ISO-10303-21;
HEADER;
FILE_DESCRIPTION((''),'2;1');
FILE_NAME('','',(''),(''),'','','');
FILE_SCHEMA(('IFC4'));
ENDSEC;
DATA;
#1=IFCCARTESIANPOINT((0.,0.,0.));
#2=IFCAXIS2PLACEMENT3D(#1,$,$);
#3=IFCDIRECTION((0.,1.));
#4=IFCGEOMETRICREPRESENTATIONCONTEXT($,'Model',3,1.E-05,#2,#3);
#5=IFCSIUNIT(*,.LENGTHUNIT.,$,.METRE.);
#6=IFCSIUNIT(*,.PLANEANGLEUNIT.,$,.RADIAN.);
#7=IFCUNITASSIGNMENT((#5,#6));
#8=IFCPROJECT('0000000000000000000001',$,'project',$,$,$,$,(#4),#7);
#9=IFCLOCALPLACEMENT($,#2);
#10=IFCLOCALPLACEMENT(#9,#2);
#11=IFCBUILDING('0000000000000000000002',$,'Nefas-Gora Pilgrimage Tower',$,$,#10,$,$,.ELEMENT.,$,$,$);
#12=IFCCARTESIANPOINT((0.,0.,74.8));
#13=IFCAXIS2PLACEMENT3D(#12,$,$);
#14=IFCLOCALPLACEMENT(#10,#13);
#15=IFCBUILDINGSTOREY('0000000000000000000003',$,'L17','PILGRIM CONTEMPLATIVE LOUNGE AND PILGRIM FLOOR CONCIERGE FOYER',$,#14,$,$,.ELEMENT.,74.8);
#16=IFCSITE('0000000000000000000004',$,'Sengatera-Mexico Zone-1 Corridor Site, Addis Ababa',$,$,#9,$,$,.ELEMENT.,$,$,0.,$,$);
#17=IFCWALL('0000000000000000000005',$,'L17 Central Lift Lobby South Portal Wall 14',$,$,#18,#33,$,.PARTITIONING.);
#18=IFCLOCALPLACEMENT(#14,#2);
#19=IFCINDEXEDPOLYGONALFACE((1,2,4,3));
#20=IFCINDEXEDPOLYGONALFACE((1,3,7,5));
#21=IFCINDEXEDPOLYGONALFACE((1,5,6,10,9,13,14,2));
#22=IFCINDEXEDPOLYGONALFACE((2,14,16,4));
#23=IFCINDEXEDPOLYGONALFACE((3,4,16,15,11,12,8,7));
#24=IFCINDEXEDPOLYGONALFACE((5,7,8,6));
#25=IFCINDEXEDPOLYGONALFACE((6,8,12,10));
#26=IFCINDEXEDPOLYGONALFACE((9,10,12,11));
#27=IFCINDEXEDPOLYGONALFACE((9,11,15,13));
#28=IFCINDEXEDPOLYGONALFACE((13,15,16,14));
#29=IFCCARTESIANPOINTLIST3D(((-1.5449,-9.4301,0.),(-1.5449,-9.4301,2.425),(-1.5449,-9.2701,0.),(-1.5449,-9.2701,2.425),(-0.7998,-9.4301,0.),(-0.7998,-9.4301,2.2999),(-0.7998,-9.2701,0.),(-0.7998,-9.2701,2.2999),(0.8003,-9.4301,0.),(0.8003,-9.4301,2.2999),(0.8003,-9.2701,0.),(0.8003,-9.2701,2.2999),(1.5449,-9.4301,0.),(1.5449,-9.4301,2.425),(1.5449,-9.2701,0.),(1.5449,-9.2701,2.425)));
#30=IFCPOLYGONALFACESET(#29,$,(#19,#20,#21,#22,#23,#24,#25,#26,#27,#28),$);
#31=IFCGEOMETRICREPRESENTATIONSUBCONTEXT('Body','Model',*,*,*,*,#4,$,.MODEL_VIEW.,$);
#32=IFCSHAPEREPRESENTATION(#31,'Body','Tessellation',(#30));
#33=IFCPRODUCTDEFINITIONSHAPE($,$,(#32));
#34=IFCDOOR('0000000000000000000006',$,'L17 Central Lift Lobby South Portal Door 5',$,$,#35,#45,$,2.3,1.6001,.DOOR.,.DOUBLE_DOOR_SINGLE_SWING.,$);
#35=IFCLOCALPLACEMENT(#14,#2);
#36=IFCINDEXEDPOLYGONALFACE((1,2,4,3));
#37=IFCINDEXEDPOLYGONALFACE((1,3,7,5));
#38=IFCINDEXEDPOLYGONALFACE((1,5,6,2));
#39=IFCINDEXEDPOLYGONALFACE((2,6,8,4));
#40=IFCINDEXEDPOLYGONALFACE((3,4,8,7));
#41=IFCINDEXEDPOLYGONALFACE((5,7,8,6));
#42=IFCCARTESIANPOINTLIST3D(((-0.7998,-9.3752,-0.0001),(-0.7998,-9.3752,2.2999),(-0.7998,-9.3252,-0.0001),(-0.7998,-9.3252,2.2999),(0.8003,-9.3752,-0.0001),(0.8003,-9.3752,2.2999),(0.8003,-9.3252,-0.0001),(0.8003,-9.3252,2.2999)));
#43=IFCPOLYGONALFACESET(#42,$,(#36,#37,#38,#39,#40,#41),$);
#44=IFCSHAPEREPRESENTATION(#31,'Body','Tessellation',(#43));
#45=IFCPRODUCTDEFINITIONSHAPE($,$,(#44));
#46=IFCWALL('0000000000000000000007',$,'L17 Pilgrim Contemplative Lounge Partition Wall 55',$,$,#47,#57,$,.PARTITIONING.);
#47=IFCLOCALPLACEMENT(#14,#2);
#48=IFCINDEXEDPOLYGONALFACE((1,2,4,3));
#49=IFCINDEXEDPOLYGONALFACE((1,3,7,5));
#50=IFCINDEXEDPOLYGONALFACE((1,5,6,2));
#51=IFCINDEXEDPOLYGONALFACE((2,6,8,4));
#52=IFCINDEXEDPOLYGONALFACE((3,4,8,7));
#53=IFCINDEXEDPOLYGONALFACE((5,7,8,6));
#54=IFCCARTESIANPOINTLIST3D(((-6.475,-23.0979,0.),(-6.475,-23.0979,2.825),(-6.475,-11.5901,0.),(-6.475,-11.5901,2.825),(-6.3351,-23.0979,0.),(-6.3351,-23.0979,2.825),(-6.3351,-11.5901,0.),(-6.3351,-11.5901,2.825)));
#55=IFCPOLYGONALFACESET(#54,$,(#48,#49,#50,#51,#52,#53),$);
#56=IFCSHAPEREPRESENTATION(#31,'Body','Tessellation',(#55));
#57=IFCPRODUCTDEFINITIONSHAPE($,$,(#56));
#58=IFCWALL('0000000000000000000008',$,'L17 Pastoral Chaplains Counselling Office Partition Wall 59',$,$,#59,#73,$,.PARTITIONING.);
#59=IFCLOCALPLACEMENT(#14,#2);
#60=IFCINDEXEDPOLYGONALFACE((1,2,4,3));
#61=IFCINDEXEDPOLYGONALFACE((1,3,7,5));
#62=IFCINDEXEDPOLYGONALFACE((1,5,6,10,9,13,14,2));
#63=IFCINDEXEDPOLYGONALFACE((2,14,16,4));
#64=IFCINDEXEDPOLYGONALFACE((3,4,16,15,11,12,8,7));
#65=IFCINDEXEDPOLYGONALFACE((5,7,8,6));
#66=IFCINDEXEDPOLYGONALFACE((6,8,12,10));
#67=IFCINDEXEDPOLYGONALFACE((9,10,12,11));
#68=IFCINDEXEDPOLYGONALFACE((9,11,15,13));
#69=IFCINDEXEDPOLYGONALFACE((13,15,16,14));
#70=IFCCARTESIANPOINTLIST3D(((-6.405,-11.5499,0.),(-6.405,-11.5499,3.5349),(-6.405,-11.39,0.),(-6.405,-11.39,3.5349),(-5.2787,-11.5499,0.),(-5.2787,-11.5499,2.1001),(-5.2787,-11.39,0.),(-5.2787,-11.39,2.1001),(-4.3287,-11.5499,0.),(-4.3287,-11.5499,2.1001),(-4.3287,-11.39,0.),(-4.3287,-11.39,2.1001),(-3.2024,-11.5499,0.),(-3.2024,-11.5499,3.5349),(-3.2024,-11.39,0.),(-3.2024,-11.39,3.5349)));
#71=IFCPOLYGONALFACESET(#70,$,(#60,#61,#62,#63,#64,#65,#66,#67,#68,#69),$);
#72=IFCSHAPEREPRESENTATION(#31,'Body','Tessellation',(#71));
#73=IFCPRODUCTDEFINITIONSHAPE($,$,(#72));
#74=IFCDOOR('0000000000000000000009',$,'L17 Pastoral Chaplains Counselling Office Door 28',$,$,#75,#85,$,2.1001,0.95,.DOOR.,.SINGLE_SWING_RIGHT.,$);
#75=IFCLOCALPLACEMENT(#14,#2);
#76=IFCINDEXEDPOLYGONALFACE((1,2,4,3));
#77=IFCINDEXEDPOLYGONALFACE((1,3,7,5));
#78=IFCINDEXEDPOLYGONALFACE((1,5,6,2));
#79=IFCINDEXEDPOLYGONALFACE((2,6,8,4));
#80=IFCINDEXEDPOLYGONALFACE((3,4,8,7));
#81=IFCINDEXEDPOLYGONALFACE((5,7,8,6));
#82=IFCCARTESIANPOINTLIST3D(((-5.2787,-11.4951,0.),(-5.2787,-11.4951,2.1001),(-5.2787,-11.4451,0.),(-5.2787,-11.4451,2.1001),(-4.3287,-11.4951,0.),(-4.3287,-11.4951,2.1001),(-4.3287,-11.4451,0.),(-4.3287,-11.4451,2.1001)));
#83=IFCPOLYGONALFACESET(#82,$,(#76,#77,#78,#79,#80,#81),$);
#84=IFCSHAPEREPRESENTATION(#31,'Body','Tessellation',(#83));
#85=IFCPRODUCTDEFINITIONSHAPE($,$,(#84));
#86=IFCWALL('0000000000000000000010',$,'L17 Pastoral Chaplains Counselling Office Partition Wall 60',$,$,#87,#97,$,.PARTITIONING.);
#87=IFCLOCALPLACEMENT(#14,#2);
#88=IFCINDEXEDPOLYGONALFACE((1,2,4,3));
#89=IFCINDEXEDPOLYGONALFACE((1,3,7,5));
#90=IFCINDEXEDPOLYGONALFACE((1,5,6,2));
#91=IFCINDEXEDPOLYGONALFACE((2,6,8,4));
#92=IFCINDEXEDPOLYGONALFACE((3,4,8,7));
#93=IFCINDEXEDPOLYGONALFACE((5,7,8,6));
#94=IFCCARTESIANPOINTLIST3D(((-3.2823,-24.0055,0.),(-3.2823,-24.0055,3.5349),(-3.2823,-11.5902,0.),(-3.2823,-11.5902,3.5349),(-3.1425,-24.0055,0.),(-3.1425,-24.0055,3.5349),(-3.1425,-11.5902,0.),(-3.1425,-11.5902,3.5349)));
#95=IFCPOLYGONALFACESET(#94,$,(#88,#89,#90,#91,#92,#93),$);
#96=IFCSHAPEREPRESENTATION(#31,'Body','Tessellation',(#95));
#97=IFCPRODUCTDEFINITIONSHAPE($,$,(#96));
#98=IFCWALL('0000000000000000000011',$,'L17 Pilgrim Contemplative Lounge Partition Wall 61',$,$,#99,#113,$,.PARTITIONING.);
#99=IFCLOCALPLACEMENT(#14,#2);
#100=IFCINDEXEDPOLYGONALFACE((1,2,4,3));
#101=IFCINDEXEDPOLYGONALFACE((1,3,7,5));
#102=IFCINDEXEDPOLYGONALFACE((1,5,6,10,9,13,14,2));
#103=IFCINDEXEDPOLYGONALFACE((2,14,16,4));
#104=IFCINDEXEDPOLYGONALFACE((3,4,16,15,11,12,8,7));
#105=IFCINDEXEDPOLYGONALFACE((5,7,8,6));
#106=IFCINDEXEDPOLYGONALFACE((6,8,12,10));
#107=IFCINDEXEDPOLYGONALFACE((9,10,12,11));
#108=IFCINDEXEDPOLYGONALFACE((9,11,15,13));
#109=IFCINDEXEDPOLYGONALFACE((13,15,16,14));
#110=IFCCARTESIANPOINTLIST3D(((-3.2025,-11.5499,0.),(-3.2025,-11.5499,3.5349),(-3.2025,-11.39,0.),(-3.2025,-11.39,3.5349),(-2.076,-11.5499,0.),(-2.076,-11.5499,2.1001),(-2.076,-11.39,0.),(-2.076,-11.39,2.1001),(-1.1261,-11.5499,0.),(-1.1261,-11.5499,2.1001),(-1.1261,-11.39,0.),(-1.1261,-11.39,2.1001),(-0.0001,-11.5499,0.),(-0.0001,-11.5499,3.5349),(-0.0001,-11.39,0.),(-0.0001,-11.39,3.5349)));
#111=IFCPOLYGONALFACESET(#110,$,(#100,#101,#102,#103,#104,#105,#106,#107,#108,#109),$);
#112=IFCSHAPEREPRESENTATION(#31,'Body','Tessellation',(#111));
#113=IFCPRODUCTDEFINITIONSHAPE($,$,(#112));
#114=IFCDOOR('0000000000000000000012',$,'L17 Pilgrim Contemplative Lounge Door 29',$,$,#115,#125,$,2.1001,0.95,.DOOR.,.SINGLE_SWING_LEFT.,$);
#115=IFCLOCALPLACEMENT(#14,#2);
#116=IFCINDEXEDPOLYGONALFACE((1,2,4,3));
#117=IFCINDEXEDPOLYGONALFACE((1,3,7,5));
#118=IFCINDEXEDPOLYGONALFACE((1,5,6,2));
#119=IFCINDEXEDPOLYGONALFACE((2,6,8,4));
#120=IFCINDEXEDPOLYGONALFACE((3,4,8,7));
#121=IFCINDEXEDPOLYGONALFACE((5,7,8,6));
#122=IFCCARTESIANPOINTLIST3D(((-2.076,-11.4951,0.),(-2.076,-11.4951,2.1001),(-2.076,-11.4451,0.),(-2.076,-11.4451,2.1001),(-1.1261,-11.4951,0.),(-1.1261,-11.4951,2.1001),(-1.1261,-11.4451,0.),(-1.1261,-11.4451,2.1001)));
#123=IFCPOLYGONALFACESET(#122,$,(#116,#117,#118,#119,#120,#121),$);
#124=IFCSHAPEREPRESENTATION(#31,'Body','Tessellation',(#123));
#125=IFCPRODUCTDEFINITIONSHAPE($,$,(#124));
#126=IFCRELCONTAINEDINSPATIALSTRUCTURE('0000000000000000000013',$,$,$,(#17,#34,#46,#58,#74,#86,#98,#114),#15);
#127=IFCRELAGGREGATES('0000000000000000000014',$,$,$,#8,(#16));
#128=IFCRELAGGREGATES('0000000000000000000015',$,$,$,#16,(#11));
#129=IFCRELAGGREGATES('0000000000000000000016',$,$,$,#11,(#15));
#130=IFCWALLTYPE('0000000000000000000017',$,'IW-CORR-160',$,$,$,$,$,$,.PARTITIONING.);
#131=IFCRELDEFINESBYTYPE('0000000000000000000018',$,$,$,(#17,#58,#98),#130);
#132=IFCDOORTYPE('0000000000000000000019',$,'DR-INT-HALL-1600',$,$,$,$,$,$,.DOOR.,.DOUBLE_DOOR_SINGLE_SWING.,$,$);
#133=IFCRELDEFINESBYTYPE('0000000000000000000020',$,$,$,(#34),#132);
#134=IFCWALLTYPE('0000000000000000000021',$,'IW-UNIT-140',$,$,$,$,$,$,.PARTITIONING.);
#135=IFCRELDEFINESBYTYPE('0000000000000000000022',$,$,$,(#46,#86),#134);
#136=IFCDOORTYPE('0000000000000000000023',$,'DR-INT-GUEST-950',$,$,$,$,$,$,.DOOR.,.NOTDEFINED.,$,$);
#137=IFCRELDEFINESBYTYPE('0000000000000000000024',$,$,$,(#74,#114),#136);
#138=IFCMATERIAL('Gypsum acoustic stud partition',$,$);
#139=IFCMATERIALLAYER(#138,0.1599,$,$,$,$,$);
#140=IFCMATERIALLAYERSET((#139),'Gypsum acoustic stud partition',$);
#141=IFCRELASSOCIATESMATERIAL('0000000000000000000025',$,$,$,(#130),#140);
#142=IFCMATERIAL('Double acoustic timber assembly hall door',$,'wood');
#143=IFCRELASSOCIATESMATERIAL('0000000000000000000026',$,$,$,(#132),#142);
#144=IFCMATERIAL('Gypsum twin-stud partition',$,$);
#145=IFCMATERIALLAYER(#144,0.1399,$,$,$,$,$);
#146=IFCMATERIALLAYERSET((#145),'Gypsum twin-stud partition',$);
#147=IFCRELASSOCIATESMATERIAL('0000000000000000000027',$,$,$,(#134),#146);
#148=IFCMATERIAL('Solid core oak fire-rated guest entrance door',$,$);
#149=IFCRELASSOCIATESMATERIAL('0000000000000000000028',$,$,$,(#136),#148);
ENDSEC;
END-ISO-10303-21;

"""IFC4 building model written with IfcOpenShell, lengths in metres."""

from ifc_helpers import new_model, si_unit, direction, frame, frame_2d, origin, place, context, subcontext, project, spatial, rectangle, extrude, source, transform, mapped, material, layer, layer_set, type_object, element, fill, save


model = new_model("IFC4")

# Units and contexts
model_context = context("Model", 3, precision=1e-05, world=origin(), true_north=direction((0.0, 1.0)))
body_context = subcontext(model_context, "Body", "Model", "MODEL_VIEW")
ifc_project = project(units=[si_unit("LENGTHUNIT", "METRE"), si_unit("PLANEANGLEUNIT", "RADIAN")], contexts=[model_context])

# Site, building, storey
site_placement = place(None, origin())
site = spatial("IfcSite", under=ifc_project, at=site_placement, Name="Sengatera-Mexico Zone-1 Corridor Site, Addis Ababa", CompositionType="ELEMENT", RefElevation=0.0)
building_placement = place(site_placement, origin())
building = spatial("IfcBuilding", under=site, at=building_placement, Name="Nefas-Gora Pilgrimage Tower", CompositionType="ELEMENT")
storey_placement = place(building_placement, frame((0.0, 0.0, 74.8)))
storey = spatial("IfcBuildingStorey", under=building, at=storey_placement, Name="L17", Description="PILGRIM CONTEMPLATIVE LOUNGE AND PILGRIM FLOOR CONCIERGE FOYER", CompositionType="ELEMENT", Elevation=74.8)

# Wall, opening, door
ifc_material_1 = material(Name="Gypsum acoustic stud partition")
ifc_layer_1 = layer(ifc_material_1, 0.1599)
ifc_layer_set_1 = layer_set([ifc_layer_1], Name="Gypsum acoustic stud partition")
wall_type_1 = type_object("IfcWallType", Name="IW-CORR-160", PredefinedType="PARTITIONING", material=ifc_layer_set_1)
shared_shape_1 = source(origin(), body_context, "Body", "SweptSolid", [
    extrude(rectangle(XDim=3.0898, YDim=0.1599, at=frame_2d((1.5449, 0.0))), origin(), (0.0, 0.0, 1.0), 2.425),
])
wall_1_placement = place(storey_placement, frame((-1.5449, -9.3501, 0.0), z_axis=(0.0, 0.0, 1.0), x_axis=(1.0, 0.0, 0.0)))
wall_1 = element("IfcWall", 1, at=wall_1_placement, inside=storey, type_object=wall_type_1, Name="L17 Central Lift Lobby South Portal Wall 14", PredefinedType="PARTITIONING", context=body_context, shape_type="MappedRepresentation", body=[
    mapped(shared_shape_1, transform((0.0, 0.0, 0.0), x_axis=(1.0, 0.0, 0.0), y_axis=(0.0, 1.0, 0.0), z_axis=(0.0, 0.0, 1.0), scale=1.0)),
])
opening_1_placement = place(wall_1_placement, frame((0.7451, 0.0, 0.0)))
opening_1 = element("IfcOpeningElement", 2, at=opening_1_placement, cuts=wall_1, PredefinedType="OPENING", context=body_context, shape_type="SweptSolid", body=[
    extrude(rectangle(XDim=1.6001, YDim=2.3, at=frame_2d((0.8, 1.1499))), frame((0.0, 0.0898, 0.0), z_axis=(0.0, -1.0, 0.0), x_axis=(1.0, 0.0, 0.0)), (0.0, 0.0, 1.0), 0.1799),
])
ifc_material_2 = material(Name="Double acoustic timber assembly hall door", Category="wood")
door_type_1 = type_object("IfcDoorType", Name="DR-INT-HALL-1600", OperationType="DOUBLE_DOOR_SINGLE_SWING", PredefinedType="DOOR", material=ifc_material_2)
shared_shape_2 = source(origin(), body_context, "Body", "SweptSolid", [
    extrude(rectangle(XDim=1.6001, YDim=2.3, at=frame_2d((0.8, 1.1499))), frame((0.0, 0.0249, 0.0), z_axis=(0.0, -1.0, 0.0), x_axis=(1.0, 0.0, 0.0)), (0.0, 0.0, 1.0), 0.05),
])
door_1_placement = place(opening_1_placement, origin())
door_1 = element("IfcDoor", 3, at=door_1_placement, inside=storey, type_object=door_type_1, Name="L17 Central Lift Lobby South Portal Door 5", OperationType="DOUBLE_DOOR_SINGLE_SWING", OverallHeight=2.3, OverallWidth=1.6001, PredefinedType="DOOR", context=body_context, shape_type="MappedRepresentation", body=[
    mapped(shared_shape_2, transform((0.0, 0.0, 0.0), x_axis=(1.0, 0.0, 0.0), y_axis=(0.0, 1.0, 0.0), z_axis=(0.0, 0.0, 1.0), scale=1.0)),
])
fill(opening_1, door_1)

# Wall
ifc_material_3 = material(Name="Gypsum twin-stud partition")
ifc_layer_2 = layer(ifc_material_3, 0.1399)
ifc_layer_set_2 = layer_set([ifc_layer_2], Name="Gypsum twin-stud partition")
wall_type_2 = type_object("IfcWallType", Name="IW-UNIT-140", PredefinedType="PARTITIONING", material=ifc_layer_set_2)
shared_shape_3 = source(origin(), body_context, "Body", "SweptSolid", [
    extrude(rectangle(XDim=11.5078, YDim=0.1399, at=frame_2d((5.7539, 0.0))), origin(), (0.0, 0.0, 1.0), 2.825),
])
wall_2_placement = place(storey_placement, frame((-6.405, -23.0979, 0.0), z_axis=(0.0, 0.0, 1.0), x_axis=(0.0, 1.0, 0.0)))
element("IfcWall", 4, at=wall_2_placement, inside=storey, type_object=wall_type_2, Name="L17 Pilgrim Contemplative Lounge Partition Wall 55", PredefinedType="PARTITIONING", context=body_context, shape_type="MappedRepresentation", body=[
    mapped(shared_shape_3, transform((0.0, 0.0, 0.0), x_axis=(1.0, 0.0, 0.0), y_axis=(0.0, 1.0, 0.0), z_axis=(0.0, 0.0, 1.0), scale=1.0)),
])

# Wall, opening, door
shared_shape_4 = source(origin(), body_context, "Body", "SweptSolid", [
    extrude(rectangle(XDim=3.2026, YDim=0.1599, at=frame_2d((1.6013, 0.0))), origin(), (0.0, 0.0, 1.0), 3.5349),
])
wall_3_placement = place(storey_placement, frame((-6.405, -11.47, 0.0), z_axis=(0.0, 0.0, 1.0), x_axis=(1.0, 0.0, 0.0)))
wall_3 = element("IfcWall", 5, at=wall_3_placement, inside=storey, type_object=wall_type_1, Name="L17 Pastoral Chaplains Counselling Office Partition Wall 59", PredefinedType="PARTITIONING", context=body_context, shape_type="MappedRepresentation", body=[
    mapped(shared_shape_4, transform((0.0, 0.0, 0.0), x_axis=(1.0, 0.0, 0.0), y_axis=(0.0, 1.0, 0.0), z_axis=(0.0, 0.0, 1.0), scale=1.0)),
])
opening_2_placement = place(wall_3_placement, frame((1.1262, 0.0, 0.0)))
opening_2 = element("IfcOpeningElement", 6, at=opening_2_placement, cuts=wall_3, PredefinedType="OPENING", context=body_context, shape_type="SweptSolid", body=[
    extrude(rectangle(XDim=0.95, YDim=2.1001, at=frame_2d((0.4751, 1.05))), frame((0.0, 0.0898, 0.0), z_axis=(0.0, -1.0, 0.0), x_axis=(1.0, 0.0, 0.0)), (0.0, 0.0, 1.0), 0.1799),
])
ifc_material_4 = material(Name="Solid core oak fire-rated guest entrance door")
door_type_2 = type_object("IfcDoorType", Name="DR-INT-GUEST-950", OperationType="NOTDEFINED", PredefinedType="DOOR", material=ifc_material_4)
shared_shape_5 = source(origin(), body_context, "Body", "SweptSolid", [
    extrude(rectangle(XDim=0.95, YDim=2.1001, at=frame_2d((0.4751, 1.05))), frame((0.0, 0.0249, 0.0), z_axis=(0.0, -1.0, 0.0), x_axis=(1.0, 0.0, 0.0)), (0.0, 0.0, 1.0), 0.05),
])
door_2_placement = place(opening_2_placement, origin())
door_2 = element("IfcDoor", 7, at=door_2_placement, inside=storey, type_object=door_type_2, Name="L17 Pastoral Chaplains Counselling Office Door 28", OperationType="SINGLE_SWING_RIGHT", OverallHeight=2.1001, OverallWidth=0.95, PredefinedType="DOOR", context=body_context, shape_type="MappedRepresentation", body=[
    mapped(shared_shape_5, transform((0.0, 0.0, 0.0), x_axis=(1.0, 0.0, 0.0), y_axis=(0.0, 1.0, 0.0), z_axis=(0.0, 0.0, 1.0), scale=1.0)),
])
fill(opening_2, door_2)

# Wall
shared_shape_6 = source(origin(), body_context, "Body", "SweptSolid", [
    extrude(rectangle(XDim=12.4153, YDim=0.1399, at=frame_2d((6.2075, 0.0))), origin(), (0.0, 0.0, 1.0), 3.5349),
])
wall_4_placement = place(storey_placement, frame((-3.2124, -24.0054, 0.0), z_axis=(0.0, 0.0, 1.0), x_axis=(0.0, 1.0, 0.0)))
element("IfcWall", 8, at=wall_4_placement, inside=storey, type_object=wall_type_2, Name="L17 Pastoral Chaplains Counselling Office Partition Wall 60", PredefinedType="PARTITIONING", context=body_context, shape_type="MappedRepresentation", body=[
    mapped(shared_shape_6, transform((0.0, 0.0, 0.0), x_axis=(1.0, 0.0, 0.0), y_axis=(0.0, 1.0, 0.0), z_axis=(0.0, 0.0, 1.0), scale=1.0)),
])

# Wall, opening, door
shared_shape_7 = source(origin(), body_context, "Body", "SweptSolid", [
    extrude(rectangle(XDim=3.2024, YDim=0.1599, at=frame_2d((1.6011, 0.0))), origin(), (0.0, 0.0, 1.0), 3.5349),
])
wall_5_placement = place(storey_placement, frame((-3.2024, -11.47, 0.0), z_axis=(0.0, 0.0, 1.0), x_axis=(1.0, 0.0, 0.0)))
wall_5 = element("IfcWall", 9, at=wall_5_placement, inside=storey, type_object=wall_type_1, Name="L17 Pilgrim Contemplative Lounge Partition Wall 61", PredefinedType="PARTITIONING", context=body_context, shape_type="MappedRepresentation", body=[
    mapped(shared_shape_7, transform((0.0, 0.0, 0.0), x_axis=(1.0, 0.0, 0.0), y_axis=(0.0, 1.0, 0.0), z_axis=(0.0, 0.0, 1.0), scale=1.0)),
])
opening_3_placement = place(wall_5_placement, frame((1.1262, 0.0, 0.0)))
opening_3 = element("IfcOpeningElement", 10, at=opening_3_placement, cuts=wall_5, PredefinedType="OPENING", context=body_context, shape_type="SweptSolid", body=[
    extrude(rectangle(XDim=0.95, YDim=2.1001, at=frame_2d((0.4751, 1.05))), frame((0.0, 0.0898, 0.0), z_axis=(0.0, -1.0, 0.0), x_axis=(1.0, 0.0, 0.0)), (0.0, 0.0, 1.0), 0.1799),
])
door_3_placement = place(opening_3_placement, origin())
door_3 = element("IfcDoor", 11, at=door_3_placement, inside=storey, type_object=door_type_2, Name="L17 Pilgrim Contemplative Lounge Door 29", OperationType="SINGLE_SWING_LEFT", OverallHeight=2.1001, OverallWidth=0.95, PredefinedType="DOOR", context=body_context, shape_type="MappedRepresentation", body=[
    mapped(shared_shape_5, transform((0.0, 0.0, 0.0), x_axis=(1.0, 0.0, 0.0), y_axis=(0.0, 1.0, 0.0), z_axis=(0.0, 0.0, 1.0), scale=1.0)),
])
fill(opening_3, door_3)

save(model, "model.ifc")
